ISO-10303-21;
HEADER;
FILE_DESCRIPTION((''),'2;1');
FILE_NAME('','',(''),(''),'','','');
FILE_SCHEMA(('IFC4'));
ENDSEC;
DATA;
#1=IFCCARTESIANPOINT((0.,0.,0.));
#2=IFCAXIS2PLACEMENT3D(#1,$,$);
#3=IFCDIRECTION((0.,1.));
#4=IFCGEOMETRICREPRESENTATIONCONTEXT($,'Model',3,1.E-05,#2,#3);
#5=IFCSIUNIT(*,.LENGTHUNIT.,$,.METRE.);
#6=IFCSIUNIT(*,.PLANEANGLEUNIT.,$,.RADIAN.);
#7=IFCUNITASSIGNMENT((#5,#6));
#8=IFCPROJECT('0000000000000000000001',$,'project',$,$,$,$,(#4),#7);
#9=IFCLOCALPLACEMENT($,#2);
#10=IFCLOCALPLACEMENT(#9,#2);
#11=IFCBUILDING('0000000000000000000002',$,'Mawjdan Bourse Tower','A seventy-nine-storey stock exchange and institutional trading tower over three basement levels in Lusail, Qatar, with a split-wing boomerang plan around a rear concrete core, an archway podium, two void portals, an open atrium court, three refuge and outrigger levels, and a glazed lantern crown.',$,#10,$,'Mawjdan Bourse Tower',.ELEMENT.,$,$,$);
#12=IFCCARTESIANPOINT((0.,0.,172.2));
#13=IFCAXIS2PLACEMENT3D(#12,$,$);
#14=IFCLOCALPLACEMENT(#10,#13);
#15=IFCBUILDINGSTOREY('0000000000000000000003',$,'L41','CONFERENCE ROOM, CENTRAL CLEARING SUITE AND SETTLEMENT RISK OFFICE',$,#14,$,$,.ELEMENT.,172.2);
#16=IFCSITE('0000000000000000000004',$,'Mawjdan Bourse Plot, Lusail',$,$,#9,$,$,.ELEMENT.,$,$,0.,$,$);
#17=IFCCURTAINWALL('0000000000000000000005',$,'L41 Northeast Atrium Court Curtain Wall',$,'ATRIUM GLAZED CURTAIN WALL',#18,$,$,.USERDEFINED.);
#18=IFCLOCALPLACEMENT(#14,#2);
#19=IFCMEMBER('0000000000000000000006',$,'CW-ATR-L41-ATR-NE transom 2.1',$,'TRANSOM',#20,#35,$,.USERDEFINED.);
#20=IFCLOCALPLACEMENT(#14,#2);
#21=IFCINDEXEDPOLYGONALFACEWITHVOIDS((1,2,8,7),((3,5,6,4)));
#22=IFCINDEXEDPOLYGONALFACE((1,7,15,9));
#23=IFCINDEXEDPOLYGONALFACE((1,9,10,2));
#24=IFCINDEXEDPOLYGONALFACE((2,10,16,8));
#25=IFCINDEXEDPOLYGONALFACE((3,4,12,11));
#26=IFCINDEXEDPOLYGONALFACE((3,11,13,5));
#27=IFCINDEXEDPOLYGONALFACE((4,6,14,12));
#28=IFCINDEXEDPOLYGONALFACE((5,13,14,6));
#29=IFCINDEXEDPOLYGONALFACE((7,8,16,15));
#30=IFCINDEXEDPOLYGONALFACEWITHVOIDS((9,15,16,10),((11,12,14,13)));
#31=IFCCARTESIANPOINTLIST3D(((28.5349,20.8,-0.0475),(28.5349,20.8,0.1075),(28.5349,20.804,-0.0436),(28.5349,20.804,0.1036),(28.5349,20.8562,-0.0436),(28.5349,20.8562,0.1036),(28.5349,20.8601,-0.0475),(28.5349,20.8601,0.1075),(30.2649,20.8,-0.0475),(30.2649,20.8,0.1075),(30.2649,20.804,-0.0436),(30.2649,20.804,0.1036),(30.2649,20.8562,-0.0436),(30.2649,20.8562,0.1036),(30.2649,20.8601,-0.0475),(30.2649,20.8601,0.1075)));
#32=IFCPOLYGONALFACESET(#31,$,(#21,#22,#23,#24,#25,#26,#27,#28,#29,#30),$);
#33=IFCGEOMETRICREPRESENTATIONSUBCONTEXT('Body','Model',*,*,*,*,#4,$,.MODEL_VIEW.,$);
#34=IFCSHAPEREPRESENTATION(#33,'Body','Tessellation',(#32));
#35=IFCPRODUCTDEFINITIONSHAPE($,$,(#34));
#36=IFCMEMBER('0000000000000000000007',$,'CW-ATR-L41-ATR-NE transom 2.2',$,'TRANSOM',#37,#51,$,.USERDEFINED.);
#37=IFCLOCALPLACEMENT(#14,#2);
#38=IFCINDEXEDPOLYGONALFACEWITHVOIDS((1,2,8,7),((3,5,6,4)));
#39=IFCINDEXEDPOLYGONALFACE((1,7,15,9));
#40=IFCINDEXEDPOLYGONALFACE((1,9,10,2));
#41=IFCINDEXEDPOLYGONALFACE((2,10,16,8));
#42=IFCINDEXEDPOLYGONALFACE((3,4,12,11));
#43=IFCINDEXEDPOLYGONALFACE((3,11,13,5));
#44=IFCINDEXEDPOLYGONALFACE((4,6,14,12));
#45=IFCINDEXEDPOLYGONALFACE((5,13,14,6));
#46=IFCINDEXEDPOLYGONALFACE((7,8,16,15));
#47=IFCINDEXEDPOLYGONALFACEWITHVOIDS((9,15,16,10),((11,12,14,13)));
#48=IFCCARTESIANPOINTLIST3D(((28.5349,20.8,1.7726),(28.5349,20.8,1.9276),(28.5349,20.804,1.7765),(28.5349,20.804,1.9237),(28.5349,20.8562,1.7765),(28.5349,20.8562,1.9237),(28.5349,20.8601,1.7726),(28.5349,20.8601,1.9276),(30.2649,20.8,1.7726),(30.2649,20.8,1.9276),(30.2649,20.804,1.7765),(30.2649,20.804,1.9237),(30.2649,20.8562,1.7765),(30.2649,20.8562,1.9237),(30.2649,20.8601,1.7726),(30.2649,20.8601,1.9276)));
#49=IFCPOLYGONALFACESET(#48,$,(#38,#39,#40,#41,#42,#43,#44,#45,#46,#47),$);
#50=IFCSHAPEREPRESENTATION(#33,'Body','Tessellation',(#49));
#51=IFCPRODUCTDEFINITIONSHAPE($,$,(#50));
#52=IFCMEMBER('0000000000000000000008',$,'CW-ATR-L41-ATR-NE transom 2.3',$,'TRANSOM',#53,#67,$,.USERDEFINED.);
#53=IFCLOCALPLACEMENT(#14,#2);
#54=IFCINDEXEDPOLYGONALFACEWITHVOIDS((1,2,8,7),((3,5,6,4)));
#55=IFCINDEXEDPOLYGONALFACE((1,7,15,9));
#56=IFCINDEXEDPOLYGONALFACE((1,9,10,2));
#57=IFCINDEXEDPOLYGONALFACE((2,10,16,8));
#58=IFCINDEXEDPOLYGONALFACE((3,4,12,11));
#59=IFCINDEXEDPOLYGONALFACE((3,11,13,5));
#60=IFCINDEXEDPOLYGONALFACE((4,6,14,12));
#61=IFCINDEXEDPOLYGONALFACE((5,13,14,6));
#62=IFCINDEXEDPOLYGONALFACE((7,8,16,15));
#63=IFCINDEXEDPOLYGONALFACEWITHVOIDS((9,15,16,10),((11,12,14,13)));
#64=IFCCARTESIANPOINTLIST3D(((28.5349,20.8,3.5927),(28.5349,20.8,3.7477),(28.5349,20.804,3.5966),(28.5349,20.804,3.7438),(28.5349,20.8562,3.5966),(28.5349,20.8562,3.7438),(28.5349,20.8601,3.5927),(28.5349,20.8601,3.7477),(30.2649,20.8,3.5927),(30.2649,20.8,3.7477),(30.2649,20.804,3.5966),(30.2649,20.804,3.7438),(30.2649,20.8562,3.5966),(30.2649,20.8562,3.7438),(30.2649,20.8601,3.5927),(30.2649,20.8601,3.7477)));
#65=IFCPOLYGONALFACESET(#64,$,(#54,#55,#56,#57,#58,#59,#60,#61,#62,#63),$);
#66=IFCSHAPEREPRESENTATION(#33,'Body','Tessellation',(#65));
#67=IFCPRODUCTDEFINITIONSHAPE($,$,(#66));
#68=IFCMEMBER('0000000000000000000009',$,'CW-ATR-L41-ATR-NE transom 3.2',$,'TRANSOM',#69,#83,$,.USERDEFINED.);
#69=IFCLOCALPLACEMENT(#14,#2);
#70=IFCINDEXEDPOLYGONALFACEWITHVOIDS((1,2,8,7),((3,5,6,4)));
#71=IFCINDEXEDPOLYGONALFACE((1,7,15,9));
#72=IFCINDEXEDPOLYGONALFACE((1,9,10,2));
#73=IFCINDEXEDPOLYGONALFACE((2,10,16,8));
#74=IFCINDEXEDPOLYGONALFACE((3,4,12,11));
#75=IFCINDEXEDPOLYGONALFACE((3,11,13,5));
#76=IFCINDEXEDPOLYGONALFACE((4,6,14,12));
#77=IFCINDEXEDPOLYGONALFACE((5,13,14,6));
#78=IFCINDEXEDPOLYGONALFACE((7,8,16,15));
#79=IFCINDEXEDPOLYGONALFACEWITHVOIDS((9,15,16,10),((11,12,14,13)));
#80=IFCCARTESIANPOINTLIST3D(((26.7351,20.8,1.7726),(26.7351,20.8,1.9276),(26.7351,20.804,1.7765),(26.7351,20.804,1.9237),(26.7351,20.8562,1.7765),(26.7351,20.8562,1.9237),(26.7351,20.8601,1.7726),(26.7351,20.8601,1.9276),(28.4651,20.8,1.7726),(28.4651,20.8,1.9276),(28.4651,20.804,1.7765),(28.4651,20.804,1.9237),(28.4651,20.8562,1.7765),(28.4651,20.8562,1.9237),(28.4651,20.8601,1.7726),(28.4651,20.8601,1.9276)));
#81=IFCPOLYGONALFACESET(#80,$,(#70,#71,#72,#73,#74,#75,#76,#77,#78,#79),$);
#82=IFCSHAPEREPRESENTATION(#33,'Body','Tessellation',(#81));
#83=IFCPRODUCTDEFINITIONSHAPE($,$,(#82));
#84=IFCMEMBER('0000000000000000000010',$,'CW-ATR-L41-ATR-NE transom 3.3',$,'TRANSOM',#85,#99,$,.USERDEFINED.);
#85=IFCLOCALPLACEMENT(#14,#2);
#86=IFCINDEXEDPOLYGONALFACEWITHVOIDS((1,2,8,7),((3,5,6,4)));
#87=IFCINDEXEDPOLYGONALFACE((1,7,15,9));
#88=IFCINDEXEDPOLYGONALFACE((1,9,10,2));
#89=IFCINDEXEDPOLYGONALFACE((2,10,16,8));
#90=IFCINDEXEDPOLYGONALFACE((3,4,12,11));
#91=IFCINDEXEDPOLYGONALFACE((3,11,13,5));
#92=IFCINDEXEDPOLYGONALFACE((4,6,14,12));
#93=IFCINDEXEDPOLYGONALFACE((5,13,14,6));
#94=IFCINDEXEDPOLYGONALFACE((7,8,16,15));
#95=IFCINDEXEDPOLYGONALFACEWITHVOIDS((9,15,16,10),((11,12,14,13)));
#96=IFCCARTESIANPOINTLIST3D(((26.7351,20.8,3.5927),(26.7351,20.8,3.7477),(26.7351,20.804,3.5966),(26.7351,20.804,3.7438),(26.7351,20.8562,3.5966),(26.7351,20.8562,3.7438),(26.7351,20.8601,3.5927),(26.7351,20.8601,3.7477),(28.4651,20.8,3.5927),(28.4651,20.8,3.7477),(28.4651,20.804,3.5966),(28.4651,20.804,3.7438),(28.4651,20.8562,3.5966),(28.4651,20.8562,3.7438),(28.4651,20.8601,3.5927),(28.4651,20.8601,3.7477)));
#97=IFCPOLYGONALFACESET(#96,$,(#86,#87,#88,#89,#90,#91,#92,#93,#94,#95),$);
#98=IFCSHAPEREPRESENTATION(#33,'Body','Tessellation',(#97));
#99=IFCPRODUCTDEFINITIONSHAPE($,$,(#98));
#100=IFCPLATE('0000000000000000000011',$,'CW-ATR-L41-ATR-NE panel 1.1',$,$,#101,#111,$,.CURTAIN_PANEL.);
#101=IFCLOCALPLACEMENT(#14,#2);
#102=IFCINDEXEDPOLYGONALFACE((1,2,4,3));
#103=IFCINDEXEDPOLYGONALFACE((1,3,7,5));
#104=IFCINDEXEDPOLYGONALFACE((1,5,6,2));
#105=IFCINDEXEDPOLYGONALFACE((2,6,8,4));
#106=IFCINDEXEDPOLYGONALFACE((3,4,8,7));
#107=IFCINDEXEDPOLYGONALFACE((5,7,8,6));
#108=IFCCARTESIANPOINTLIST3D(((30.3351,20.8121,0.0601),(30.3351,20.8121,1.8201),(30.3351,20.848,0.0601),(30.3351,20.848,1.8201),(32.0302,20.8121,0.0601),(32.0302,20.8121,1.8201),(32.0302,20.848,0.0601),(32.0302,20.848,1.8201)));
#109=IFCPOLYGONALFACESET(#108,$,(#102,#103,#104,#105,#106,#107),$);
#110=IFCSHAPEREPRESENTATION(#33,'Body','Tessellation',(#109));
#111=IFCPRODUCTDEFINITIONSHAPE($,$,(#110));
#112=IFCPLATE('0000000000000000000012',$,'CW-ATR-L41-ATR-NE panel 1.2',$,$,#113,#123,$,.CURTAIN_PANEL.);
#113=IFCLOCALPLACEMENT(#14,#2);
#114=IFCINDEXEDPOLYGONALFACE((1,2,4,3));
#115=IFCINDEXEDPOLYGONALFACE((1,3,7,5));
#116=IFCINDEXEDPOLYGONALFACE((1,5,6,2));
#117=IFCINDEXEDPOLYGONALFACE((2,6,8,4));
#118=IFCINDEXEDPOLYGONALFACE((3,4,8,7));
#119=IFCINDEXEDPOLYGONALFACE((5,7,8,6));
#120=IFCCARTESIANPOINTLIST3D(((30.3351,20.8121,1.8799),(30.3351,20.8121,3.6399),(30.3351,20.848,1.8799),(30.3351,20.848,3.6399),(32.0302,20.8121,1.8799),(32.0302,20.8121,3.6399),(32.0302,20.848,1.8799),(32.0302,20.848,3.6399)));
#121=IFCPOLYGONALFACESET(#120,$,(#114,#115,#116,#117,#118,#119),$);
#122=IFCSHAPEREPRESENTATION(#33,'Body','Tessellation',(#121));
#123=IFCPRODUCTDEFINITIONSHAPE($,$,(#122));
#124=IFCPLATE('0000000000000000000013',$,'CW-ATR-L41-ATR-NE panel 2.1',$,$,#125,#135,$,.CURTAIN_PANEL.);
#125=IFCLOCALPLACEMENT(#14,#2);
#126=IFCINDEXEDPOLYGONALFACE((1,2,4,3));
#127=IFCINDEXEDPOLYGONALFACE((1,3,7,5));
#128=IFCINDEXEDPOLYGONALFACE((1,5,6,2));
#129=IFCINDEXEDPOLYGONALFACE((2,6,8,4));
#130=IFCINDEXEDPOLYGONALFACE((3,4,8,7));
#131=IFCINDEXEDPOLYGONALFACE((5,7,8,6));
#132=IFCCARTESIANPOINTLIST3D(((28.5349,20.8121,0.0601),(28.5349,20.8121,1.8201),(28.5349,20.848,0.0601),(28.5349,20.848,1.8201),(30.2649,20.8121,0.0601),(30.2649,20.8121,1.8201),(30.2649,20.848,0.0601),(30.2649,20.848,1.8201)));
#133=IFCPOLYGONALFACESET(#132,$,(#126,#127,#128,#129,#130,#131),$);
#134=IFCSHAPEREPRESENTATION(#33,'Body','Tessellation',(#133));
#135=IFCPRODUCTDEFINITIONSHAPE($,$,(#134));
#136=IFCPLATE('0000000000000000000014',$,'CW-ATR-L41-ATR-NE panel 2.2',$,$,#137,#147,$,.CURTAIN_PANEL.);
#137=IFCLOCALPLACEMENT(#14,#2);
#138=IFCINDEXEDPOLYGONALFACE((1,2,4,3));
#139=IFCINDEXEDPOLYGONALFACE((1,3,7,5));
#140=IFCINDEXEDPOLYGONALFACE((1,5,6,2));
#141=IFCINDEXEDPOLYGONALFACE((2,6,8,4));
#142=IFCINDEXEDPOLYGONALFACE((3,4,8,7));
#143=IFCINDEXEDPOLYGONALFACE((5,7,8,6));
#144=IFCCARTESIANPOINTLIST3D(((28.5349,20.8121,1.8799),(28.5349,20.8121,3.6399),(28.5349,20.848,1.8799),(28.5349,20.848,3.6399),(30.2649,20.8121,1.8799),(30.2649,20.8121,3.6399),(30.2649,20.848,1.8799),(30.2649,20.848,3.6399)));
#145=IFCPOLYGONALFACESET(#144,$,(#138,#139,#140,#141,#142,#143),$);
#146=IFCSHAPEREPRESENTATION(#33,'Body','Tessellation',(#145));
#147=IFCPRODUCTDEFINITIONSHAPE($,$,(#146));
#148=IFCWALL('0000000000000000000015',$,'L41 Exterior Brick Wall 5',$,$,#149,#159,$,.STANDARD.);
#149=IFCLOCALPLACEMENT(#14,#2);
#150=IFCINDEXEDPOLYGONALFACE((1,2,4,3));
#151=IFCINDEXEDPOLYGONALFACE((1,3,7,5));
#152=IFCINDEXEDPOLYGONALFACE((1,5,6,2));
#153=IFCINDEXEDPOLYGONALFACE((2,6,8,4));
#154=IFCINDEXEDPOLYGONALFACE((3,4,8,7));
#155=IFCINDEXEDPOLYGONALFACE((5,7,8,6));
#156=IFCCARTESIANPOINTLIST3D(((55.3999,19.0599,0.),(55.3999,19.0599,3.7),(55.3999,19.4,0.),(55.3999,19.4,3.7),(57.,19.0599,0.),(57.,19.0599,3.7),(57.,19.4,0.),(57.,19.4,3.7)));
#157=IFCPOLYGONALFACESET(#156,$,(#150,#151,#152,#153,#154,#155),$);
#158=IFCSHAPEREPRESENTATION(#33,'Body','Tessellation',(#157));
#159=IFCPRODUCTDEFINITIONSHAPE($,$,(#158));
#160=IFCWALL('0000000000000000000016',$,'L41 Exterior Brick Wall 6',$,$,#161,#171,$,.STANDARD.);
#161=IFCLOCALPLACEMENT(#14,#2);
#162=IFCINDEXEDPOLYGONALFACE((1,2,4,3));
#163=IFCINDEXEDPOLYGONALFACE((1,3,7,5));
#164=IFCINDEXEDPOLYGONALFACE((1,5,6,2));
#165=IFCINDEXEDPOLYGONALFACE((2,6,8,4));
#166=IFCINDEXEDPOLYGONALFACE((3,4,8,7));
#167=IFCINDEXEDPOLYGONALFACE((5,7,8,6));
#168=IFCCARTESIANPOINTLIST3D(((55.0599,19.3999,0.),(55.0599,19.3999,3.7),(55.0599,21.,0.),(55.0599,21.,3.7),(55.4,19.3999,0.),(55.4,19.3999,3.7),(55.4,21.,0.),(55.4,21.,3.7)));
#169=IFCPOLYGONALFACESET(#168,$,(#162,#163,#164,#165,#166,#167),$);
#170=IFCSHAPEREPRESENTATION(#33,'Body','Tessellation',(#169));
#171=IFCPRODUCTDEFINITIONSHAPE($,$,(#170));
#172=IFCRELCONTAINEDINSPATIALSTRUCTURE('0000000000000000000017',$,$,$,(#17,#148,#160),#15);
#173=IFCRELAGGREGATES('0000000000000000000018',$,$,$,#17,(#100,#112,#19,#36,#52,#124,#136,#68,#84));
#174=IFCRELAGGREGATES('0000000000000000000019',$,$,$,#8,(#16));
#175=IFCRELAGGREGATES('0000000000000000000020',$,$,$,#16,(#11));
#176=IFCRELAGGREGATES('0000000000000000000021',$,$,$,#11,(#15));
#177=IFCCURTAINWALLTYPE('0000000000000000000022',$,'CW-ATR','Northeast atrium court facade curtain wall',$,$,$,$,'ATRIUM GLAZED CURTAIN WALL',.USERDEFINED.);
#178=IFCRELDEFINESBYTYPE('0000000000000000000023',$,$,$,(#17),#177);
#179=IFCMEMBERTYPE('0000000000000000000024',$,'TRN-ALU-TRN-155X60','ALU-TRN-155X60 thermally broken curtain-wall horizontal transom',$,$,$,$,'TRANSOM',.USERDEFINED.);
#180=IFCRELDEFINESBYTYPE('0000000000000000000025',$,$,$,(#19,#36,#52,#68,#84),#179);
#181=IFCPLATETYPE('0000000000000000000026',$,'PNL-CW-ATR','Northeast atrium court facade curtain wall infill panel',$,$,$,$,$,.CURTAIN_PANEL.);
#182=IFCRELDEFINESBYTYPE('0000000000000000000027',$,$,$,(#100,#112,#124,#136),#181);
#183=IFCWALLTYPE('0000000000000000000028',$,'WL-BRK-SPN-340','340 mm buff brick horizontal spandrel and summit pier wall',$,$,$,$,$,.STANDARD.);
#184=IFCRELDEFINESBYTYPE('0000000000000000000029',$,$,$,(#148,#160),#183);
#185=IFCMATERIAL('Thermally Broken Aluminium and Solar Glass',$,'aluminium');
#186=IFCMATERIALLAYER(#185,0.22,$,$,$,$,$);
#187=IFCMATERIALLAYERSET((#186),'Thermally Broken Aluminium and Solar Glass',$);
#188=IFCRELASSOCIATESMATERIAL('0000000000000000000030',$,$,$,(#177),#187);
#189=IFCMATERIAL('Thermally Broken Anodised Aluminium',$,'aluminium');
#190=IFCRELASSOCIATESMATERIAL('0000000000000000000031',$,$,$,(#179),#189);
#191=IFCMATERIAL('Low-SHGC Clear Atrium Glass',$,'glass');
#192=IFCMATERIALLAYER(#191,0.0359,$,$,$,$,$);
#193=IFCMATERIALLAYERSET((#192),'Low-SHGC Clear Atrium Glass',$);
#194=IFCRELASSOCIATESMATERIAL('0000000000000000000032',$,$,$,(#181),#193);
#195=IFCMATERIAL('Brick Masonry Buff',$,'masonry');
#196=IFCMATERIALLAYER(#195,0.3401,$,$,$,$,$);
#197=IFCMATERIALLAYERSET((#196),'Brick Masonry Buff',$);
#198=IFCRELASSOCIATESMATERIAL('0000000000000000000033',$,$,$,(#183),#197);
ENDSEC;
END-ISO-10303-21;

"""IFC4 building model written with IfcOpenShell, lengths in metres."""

from ifc_helpers import new_model, si_unit, direction, frame, frame_2d, origin, origin_2d, place, context, subcontext, project, spatial, rectangle, hollow_rectangle, extrude, material, layer, layer_set, material_profile, profile_set, type_object, element, aggregate, save


model = new_model("IFC4")

# Units and contexts
model_context = context("Model", 3, precision=1e-05, world=origin(), true_north=direction((0.0, 1.0)))
body_context = subcontext(model_context, "Body", "Model", "MODEL_VIEW")
ifc_project = project(units=[si_unit("LENGTHUNIT", "METRE"), si_unit("PLANEANGLEUNIT", "RADIAN")], contexts=[model_context])

# Site, building, storey
site_placement = place(None, origin())
site = spatial("IfcSite", under=ifc_project, at=site_placement, Name="Mawjdan Bourse Plot, Lusail", CompositionType="ELEMENT", RefElevation=0.0)
building_placement = place(site_placement, origin())
building = spatial("IfcBuilding", under=site, at=building_placement, Name="Mawjdan Bourse Tower", Description="A seventy-nine-storey stock exchange and institutional trading tower over three basement levels in Lusail, Qatar, with a split-wing boomerang plan around a rear concrete core, an archway podium, two void portals, an open atrium court, three refuge and outrigger levels, and a glazed lantern crown.", LongName="Mawjdan Bourse Tower", CompositionType="ELEMENT")
storey_placement = place(building_placement, frame((0.0, 0.0, 172.2)))
storey = spatial("IfcBuildingStorey", under=building, at=storey_placement, Name="L41", Description="CONFERENCE ROOM, CENTRAL CLEARING SUITE AND SETTLEMENT RISK OFFICE", CompositionType="ELEMENT", Elevation=172.2)

# Curtain wall
ifc_material_1 = material(Name="Thermally Broken Aluminium and Solar Glass", Category="aluminium")
ifc_layer_1 = layer(ifc_material_1, 0.22)
ifc_layer_set_1 = layer_set([ifc_layer_1], Name="Thermally Broken Aluminium and Solar Glass")
curtain_wall_type = type_object("IfcCurtainWallType", Name="CW-ATR", Description="Northeast atrium court facade curtain wall", ElementType="ATRIUM GLAZED CURTAIN WALL", PredefinedType="USERDEFINED", material=ifc_layer_set_1)
curtain_wall_placement = place(storey_placement, origin())
curtain_wall = element("IfcCurtainWall", 1, at=curtain_wall_placement, inside=storey, type_object=curtain_wall_type, Name="L41 Northeast Atrium Court Curtain Wall", ObjectType="ATRIUM GLAZED CURTAIN WALL", PredefinedType="USERDEFINED")
ifc_material_2 = material(Name="Thermally Broken Anodised Aluminium", Category="aluminium")

# Members
ifc_material_profile_1 = material_profile(ifc_material_2, hollow_rectangle(XDim=0.0601, YDim=0.155, WallThickness=0.0039, at=origin_2d()), Name="ALU-TRN-155X60")
ifc_profile_set_1 = profile_set([ifc_material_profile_1], Name="Thermally Broken Anodised Aluminium")
member_type_1 = type_object("IfcMemberType", Name="TRN-ALU-TRN-155X60", Description="ALU-TRN-155X60 thermally broken curtain-wall horizontal transom", ElementType="TRANSOM", PredefinedType="USERDEFINED", material=ifc_profile_set_1)
member_1_placement = place(storey_placement, frame((30.2649, 20.8301, 0.03), z_axis=(-1.0, 0.0, 0.0), x_axis=(0.0, -1.0, 0.0)))
member_1 = element("IfcMember", 2, at=member_1_placement, type_object=member_type_1, Name="CW-ATR-L41-ATR-NE transom 2.1", ObjectType="TRANSOM", PredefinedType="USERDEFINED", context=body_context, shape_type="SweptSolid", body=[
    extrude(hollow_rectangle(XDim=0.0601, YDim=0.155, WallThickness=0.0039, at=origin_2d()), origin(), (0.0, 0.0, 1.0), 1.73),
])
member_2_placement = place(storey_placement, frame((30.2649, 20.8301, 1.8501), z_axis=(-1.0, 0.0, 0.0), x_axis=(0.0, -1.0, 0.0)))
member_2 = element("IfcMember", 3, at=member_2_placement, type_object=member_type_1, Name="CW-ATR-L41-ATR-NE transom 2.2", ObjectType="TRANSOM", PredefinedType="USERDEFINED", context=body_context, shape_type="SweptSolid", body=[
    extrude(hollow_rectangle(XDim=0.0601, YDim=0.155, WallThickness=0.0039, at=origin_2d()), origin(), (0.0, 0.0, 1.0), 1.73),
])
member_3_placement = place(storey_placement, frame((30.2649, 20.8301, 3.6702), z_axis=(-1.0, 0.0, 0.0), x_axis=(0.0, -1.0, 0.0)))
member_3 = element("IfcMember", 4, at=member_3_placement, type_object=member_type_1, Name="CW-ATR-L41-ATR-NE transom 2.3", ObjectType="TRANSOM", PredefinedType="USERDEFINED", context=body_context, shape_type="SweptSolid", body=[
    extrude(hollow_rectangle(XDim=0.0601, YDim=0.155, WallThickness=0.0039, at=origin_2d()), origin(), (0.0, 0.0, 1.0), 1.73),
])
member_4_placement = place(storey_placement, frame((28.4651, 20.8301, 1.8501), z_axis=(-1.0, 0.0, 0.0), x_axis=(0.0, -1.0, 0.0)))
member_4 = element("IfcMember", 5, at=member_4_placement, type_object=member_type_1, Name="CW-ATR-L41-ATR-NE transom 3.2", ObjectType="TRANSOM", PredefinedType="USERDEFINED", context=body_context, shape_type="SweptSolid", body=[
    extrude(hollow_rectangle(XDim=0.0601, YDim=0.155, WallThickness=0.0039, at=origin_2d()), origin(), (0.0, 0.0, 1.0), 1.73),
])
member_5_placement = place(storey_placement, frame((28.4651, 20.8301, 3.6702), z_axis=(-1.0, 0.0, 0.0), x_axis=(0.0, -1.0, 0.0)))
member_5 = element("IfcMember", 6, at=member_5_placement, type_object=member_type_1, Name="CW-ATR-L41-ATR-NE transom 3.3", ObjectType="TRANSOM", PredefinedType="USERDEFINED", context=body_context, shape_type="SweptSolid", body=[
    extrude(hollow_rectangle(XDim=0.0601, YDim=0.155, WallThickness=0.0039, at=origin_2d()), origin(), (0.0, 0.0, 1.0), 1.73),
])

# Plates
ifc_material_3 = material(Name="Low-SHGC Clear Atrium Glass", Category="glass")
ifc_layer_2 = layer(ifc_material_3, 0.0359)
ifc_layer_set_2 = layer_set([ifc_layer_2], Name="Low-SHGC Clear Atrium Glass")
plate_type = type_object("IfcPlateType", Name="PNL-CW-ATR", Description="Northeast atrium court facade curtain wall infill panel", PredefinedType="CURTAIN_PANEL", material=ifc_layer_set_2)
plate_1_placement = place(storey_placement, frame((31.1826, 20.8301, 0.0601), z_axis=(0.0, 0.0, 1.0), x_axis=(-1.0, 0.0, 0.0)))
plate_1 = element("IfcPlate", 7, at=plate_1_placement, type_object=plate_type, Name="CW-ATR-L41-ATR-NE panel 1.1", PredefinedType="CURTAIN_PANEL", context=body_context, shape_type="SweptSolid", body=[
    extrude(rectangle(XDim=1.6951, YDim=0.0359, at=origin_2d()), origin(), (0.0, 0.0, 1.0), 1.76),
])
plate_2_placement = place(storey_placement, frame((31.1826, 20.8301, 1.8799), z_axis=(0.0, 0.0, 1.0), x_axis=(-1.0, 0.0, 0.0)))
plate_2 = element("IfcPlate", 8, at=plate_2_placement, type_object=plate_type, Name="CW-ATR-L41-ATR-NE panel 1.2", PredefinedType="CURTAIN_PANEL", context=body_context, shape_type="SweptSolid", body=[
    extrude(rectangle(XDim=1.6951, YDim=0.0359, at=origin_2d()), origin(), (0.0, 0.0, 1.0), 1.76),
])
plate_3_placement = place(storey_placement, frame((29.3999, 20.8301, 0.0601), z_axis=(0.0, 0.0, 1.0), x_axis=(-1.0, 0.0, 0.0)))
plate_3 = element("IfcPlate", 9, at=plate_3_placement, type_object=plate_type, Name="CW-ATR-L41-ATR-NE panel 2.1", PredefinedType="CURTAIN_PANEL", context=body_context, shape_type="SweptSolid", body=[
    extrude(rectangle(XDim=1.73, YDim=0.0359, at=origin_2d()), origin(), (0.0, 0.0, 1.0), 1.76),
])
plate_4_placement = place(storey_placement, frame((29.3999, 20.8301, 1.8799), z_axis=(0.0, 0.0, 1.0), x_axis=(-1.0, 0.0, 0.0)))
plate_4 = element("IfcPlate", 10, at=plate_4_placement, type_object=plate_type, Name="CW-ATR-L41-ATR-NE panel 2.2", PredefinedType="CURTAIN_PANEL", context=body_context, shape_type="SweptSolid", body=[
    extrude(rectangle(XDim=1.73, YDim=0.0359, at=origin_2d()), origin(), (0.0, 0.0, 1.0), 1.76),
])
aggregate(curtain_wall, [plate_1, plate_2, member_1, member_2, member_3, plate_3, plate_4, member_4, member_5])

# Walls
ifc_material_4 = material(Name="Brick Masonry Buff", Category="masonry")
ifc_layer_3 = layer(ifc_material_4, 0.3401)
ifc_layer_set_3 = layer_set([ifc_layer_3], Name="Brick Masonry Buff")
wall_type = type_object("IfcWallType", Name="WL-BRK-SPN-340", Description="340 mm buff brick horizontal spandrel and summit pier wall", PredefinedType="STANDARD", material=ifc_layer_set_3)
for number, where, z_axis, x_axis, name in (
    (11, (57.0, 19.23, 0.0), (0.0, 0.0, 1.0), (-1.0, 0.0, 0.0), "L41 Exterior Brick Wall 5"),
    (12, (55.23, 19.3999, 0.0), (0.0, 0.0, 1.0), (0.0, 1.0, 0.0), "L41 Exterior Brick Wall 6"),
):
    element("IfcWall", number, at=place(storey_placement, frame(where, z_axis=z_axis, x_axis=x_axis)), inside=storey, type_object=wall_type, Name=name, PredefinedType="STANDARD", context=body_context, shape_type="SweptSolid", body=[
        extrude(rectangle(XDim=1.6001, YDim=0.3401, at=frame_2d((0.8, 0.0))), origin(), (0.0, 0.0, 1.0), 3.7),
    ])

save(model, "model.ifc")
